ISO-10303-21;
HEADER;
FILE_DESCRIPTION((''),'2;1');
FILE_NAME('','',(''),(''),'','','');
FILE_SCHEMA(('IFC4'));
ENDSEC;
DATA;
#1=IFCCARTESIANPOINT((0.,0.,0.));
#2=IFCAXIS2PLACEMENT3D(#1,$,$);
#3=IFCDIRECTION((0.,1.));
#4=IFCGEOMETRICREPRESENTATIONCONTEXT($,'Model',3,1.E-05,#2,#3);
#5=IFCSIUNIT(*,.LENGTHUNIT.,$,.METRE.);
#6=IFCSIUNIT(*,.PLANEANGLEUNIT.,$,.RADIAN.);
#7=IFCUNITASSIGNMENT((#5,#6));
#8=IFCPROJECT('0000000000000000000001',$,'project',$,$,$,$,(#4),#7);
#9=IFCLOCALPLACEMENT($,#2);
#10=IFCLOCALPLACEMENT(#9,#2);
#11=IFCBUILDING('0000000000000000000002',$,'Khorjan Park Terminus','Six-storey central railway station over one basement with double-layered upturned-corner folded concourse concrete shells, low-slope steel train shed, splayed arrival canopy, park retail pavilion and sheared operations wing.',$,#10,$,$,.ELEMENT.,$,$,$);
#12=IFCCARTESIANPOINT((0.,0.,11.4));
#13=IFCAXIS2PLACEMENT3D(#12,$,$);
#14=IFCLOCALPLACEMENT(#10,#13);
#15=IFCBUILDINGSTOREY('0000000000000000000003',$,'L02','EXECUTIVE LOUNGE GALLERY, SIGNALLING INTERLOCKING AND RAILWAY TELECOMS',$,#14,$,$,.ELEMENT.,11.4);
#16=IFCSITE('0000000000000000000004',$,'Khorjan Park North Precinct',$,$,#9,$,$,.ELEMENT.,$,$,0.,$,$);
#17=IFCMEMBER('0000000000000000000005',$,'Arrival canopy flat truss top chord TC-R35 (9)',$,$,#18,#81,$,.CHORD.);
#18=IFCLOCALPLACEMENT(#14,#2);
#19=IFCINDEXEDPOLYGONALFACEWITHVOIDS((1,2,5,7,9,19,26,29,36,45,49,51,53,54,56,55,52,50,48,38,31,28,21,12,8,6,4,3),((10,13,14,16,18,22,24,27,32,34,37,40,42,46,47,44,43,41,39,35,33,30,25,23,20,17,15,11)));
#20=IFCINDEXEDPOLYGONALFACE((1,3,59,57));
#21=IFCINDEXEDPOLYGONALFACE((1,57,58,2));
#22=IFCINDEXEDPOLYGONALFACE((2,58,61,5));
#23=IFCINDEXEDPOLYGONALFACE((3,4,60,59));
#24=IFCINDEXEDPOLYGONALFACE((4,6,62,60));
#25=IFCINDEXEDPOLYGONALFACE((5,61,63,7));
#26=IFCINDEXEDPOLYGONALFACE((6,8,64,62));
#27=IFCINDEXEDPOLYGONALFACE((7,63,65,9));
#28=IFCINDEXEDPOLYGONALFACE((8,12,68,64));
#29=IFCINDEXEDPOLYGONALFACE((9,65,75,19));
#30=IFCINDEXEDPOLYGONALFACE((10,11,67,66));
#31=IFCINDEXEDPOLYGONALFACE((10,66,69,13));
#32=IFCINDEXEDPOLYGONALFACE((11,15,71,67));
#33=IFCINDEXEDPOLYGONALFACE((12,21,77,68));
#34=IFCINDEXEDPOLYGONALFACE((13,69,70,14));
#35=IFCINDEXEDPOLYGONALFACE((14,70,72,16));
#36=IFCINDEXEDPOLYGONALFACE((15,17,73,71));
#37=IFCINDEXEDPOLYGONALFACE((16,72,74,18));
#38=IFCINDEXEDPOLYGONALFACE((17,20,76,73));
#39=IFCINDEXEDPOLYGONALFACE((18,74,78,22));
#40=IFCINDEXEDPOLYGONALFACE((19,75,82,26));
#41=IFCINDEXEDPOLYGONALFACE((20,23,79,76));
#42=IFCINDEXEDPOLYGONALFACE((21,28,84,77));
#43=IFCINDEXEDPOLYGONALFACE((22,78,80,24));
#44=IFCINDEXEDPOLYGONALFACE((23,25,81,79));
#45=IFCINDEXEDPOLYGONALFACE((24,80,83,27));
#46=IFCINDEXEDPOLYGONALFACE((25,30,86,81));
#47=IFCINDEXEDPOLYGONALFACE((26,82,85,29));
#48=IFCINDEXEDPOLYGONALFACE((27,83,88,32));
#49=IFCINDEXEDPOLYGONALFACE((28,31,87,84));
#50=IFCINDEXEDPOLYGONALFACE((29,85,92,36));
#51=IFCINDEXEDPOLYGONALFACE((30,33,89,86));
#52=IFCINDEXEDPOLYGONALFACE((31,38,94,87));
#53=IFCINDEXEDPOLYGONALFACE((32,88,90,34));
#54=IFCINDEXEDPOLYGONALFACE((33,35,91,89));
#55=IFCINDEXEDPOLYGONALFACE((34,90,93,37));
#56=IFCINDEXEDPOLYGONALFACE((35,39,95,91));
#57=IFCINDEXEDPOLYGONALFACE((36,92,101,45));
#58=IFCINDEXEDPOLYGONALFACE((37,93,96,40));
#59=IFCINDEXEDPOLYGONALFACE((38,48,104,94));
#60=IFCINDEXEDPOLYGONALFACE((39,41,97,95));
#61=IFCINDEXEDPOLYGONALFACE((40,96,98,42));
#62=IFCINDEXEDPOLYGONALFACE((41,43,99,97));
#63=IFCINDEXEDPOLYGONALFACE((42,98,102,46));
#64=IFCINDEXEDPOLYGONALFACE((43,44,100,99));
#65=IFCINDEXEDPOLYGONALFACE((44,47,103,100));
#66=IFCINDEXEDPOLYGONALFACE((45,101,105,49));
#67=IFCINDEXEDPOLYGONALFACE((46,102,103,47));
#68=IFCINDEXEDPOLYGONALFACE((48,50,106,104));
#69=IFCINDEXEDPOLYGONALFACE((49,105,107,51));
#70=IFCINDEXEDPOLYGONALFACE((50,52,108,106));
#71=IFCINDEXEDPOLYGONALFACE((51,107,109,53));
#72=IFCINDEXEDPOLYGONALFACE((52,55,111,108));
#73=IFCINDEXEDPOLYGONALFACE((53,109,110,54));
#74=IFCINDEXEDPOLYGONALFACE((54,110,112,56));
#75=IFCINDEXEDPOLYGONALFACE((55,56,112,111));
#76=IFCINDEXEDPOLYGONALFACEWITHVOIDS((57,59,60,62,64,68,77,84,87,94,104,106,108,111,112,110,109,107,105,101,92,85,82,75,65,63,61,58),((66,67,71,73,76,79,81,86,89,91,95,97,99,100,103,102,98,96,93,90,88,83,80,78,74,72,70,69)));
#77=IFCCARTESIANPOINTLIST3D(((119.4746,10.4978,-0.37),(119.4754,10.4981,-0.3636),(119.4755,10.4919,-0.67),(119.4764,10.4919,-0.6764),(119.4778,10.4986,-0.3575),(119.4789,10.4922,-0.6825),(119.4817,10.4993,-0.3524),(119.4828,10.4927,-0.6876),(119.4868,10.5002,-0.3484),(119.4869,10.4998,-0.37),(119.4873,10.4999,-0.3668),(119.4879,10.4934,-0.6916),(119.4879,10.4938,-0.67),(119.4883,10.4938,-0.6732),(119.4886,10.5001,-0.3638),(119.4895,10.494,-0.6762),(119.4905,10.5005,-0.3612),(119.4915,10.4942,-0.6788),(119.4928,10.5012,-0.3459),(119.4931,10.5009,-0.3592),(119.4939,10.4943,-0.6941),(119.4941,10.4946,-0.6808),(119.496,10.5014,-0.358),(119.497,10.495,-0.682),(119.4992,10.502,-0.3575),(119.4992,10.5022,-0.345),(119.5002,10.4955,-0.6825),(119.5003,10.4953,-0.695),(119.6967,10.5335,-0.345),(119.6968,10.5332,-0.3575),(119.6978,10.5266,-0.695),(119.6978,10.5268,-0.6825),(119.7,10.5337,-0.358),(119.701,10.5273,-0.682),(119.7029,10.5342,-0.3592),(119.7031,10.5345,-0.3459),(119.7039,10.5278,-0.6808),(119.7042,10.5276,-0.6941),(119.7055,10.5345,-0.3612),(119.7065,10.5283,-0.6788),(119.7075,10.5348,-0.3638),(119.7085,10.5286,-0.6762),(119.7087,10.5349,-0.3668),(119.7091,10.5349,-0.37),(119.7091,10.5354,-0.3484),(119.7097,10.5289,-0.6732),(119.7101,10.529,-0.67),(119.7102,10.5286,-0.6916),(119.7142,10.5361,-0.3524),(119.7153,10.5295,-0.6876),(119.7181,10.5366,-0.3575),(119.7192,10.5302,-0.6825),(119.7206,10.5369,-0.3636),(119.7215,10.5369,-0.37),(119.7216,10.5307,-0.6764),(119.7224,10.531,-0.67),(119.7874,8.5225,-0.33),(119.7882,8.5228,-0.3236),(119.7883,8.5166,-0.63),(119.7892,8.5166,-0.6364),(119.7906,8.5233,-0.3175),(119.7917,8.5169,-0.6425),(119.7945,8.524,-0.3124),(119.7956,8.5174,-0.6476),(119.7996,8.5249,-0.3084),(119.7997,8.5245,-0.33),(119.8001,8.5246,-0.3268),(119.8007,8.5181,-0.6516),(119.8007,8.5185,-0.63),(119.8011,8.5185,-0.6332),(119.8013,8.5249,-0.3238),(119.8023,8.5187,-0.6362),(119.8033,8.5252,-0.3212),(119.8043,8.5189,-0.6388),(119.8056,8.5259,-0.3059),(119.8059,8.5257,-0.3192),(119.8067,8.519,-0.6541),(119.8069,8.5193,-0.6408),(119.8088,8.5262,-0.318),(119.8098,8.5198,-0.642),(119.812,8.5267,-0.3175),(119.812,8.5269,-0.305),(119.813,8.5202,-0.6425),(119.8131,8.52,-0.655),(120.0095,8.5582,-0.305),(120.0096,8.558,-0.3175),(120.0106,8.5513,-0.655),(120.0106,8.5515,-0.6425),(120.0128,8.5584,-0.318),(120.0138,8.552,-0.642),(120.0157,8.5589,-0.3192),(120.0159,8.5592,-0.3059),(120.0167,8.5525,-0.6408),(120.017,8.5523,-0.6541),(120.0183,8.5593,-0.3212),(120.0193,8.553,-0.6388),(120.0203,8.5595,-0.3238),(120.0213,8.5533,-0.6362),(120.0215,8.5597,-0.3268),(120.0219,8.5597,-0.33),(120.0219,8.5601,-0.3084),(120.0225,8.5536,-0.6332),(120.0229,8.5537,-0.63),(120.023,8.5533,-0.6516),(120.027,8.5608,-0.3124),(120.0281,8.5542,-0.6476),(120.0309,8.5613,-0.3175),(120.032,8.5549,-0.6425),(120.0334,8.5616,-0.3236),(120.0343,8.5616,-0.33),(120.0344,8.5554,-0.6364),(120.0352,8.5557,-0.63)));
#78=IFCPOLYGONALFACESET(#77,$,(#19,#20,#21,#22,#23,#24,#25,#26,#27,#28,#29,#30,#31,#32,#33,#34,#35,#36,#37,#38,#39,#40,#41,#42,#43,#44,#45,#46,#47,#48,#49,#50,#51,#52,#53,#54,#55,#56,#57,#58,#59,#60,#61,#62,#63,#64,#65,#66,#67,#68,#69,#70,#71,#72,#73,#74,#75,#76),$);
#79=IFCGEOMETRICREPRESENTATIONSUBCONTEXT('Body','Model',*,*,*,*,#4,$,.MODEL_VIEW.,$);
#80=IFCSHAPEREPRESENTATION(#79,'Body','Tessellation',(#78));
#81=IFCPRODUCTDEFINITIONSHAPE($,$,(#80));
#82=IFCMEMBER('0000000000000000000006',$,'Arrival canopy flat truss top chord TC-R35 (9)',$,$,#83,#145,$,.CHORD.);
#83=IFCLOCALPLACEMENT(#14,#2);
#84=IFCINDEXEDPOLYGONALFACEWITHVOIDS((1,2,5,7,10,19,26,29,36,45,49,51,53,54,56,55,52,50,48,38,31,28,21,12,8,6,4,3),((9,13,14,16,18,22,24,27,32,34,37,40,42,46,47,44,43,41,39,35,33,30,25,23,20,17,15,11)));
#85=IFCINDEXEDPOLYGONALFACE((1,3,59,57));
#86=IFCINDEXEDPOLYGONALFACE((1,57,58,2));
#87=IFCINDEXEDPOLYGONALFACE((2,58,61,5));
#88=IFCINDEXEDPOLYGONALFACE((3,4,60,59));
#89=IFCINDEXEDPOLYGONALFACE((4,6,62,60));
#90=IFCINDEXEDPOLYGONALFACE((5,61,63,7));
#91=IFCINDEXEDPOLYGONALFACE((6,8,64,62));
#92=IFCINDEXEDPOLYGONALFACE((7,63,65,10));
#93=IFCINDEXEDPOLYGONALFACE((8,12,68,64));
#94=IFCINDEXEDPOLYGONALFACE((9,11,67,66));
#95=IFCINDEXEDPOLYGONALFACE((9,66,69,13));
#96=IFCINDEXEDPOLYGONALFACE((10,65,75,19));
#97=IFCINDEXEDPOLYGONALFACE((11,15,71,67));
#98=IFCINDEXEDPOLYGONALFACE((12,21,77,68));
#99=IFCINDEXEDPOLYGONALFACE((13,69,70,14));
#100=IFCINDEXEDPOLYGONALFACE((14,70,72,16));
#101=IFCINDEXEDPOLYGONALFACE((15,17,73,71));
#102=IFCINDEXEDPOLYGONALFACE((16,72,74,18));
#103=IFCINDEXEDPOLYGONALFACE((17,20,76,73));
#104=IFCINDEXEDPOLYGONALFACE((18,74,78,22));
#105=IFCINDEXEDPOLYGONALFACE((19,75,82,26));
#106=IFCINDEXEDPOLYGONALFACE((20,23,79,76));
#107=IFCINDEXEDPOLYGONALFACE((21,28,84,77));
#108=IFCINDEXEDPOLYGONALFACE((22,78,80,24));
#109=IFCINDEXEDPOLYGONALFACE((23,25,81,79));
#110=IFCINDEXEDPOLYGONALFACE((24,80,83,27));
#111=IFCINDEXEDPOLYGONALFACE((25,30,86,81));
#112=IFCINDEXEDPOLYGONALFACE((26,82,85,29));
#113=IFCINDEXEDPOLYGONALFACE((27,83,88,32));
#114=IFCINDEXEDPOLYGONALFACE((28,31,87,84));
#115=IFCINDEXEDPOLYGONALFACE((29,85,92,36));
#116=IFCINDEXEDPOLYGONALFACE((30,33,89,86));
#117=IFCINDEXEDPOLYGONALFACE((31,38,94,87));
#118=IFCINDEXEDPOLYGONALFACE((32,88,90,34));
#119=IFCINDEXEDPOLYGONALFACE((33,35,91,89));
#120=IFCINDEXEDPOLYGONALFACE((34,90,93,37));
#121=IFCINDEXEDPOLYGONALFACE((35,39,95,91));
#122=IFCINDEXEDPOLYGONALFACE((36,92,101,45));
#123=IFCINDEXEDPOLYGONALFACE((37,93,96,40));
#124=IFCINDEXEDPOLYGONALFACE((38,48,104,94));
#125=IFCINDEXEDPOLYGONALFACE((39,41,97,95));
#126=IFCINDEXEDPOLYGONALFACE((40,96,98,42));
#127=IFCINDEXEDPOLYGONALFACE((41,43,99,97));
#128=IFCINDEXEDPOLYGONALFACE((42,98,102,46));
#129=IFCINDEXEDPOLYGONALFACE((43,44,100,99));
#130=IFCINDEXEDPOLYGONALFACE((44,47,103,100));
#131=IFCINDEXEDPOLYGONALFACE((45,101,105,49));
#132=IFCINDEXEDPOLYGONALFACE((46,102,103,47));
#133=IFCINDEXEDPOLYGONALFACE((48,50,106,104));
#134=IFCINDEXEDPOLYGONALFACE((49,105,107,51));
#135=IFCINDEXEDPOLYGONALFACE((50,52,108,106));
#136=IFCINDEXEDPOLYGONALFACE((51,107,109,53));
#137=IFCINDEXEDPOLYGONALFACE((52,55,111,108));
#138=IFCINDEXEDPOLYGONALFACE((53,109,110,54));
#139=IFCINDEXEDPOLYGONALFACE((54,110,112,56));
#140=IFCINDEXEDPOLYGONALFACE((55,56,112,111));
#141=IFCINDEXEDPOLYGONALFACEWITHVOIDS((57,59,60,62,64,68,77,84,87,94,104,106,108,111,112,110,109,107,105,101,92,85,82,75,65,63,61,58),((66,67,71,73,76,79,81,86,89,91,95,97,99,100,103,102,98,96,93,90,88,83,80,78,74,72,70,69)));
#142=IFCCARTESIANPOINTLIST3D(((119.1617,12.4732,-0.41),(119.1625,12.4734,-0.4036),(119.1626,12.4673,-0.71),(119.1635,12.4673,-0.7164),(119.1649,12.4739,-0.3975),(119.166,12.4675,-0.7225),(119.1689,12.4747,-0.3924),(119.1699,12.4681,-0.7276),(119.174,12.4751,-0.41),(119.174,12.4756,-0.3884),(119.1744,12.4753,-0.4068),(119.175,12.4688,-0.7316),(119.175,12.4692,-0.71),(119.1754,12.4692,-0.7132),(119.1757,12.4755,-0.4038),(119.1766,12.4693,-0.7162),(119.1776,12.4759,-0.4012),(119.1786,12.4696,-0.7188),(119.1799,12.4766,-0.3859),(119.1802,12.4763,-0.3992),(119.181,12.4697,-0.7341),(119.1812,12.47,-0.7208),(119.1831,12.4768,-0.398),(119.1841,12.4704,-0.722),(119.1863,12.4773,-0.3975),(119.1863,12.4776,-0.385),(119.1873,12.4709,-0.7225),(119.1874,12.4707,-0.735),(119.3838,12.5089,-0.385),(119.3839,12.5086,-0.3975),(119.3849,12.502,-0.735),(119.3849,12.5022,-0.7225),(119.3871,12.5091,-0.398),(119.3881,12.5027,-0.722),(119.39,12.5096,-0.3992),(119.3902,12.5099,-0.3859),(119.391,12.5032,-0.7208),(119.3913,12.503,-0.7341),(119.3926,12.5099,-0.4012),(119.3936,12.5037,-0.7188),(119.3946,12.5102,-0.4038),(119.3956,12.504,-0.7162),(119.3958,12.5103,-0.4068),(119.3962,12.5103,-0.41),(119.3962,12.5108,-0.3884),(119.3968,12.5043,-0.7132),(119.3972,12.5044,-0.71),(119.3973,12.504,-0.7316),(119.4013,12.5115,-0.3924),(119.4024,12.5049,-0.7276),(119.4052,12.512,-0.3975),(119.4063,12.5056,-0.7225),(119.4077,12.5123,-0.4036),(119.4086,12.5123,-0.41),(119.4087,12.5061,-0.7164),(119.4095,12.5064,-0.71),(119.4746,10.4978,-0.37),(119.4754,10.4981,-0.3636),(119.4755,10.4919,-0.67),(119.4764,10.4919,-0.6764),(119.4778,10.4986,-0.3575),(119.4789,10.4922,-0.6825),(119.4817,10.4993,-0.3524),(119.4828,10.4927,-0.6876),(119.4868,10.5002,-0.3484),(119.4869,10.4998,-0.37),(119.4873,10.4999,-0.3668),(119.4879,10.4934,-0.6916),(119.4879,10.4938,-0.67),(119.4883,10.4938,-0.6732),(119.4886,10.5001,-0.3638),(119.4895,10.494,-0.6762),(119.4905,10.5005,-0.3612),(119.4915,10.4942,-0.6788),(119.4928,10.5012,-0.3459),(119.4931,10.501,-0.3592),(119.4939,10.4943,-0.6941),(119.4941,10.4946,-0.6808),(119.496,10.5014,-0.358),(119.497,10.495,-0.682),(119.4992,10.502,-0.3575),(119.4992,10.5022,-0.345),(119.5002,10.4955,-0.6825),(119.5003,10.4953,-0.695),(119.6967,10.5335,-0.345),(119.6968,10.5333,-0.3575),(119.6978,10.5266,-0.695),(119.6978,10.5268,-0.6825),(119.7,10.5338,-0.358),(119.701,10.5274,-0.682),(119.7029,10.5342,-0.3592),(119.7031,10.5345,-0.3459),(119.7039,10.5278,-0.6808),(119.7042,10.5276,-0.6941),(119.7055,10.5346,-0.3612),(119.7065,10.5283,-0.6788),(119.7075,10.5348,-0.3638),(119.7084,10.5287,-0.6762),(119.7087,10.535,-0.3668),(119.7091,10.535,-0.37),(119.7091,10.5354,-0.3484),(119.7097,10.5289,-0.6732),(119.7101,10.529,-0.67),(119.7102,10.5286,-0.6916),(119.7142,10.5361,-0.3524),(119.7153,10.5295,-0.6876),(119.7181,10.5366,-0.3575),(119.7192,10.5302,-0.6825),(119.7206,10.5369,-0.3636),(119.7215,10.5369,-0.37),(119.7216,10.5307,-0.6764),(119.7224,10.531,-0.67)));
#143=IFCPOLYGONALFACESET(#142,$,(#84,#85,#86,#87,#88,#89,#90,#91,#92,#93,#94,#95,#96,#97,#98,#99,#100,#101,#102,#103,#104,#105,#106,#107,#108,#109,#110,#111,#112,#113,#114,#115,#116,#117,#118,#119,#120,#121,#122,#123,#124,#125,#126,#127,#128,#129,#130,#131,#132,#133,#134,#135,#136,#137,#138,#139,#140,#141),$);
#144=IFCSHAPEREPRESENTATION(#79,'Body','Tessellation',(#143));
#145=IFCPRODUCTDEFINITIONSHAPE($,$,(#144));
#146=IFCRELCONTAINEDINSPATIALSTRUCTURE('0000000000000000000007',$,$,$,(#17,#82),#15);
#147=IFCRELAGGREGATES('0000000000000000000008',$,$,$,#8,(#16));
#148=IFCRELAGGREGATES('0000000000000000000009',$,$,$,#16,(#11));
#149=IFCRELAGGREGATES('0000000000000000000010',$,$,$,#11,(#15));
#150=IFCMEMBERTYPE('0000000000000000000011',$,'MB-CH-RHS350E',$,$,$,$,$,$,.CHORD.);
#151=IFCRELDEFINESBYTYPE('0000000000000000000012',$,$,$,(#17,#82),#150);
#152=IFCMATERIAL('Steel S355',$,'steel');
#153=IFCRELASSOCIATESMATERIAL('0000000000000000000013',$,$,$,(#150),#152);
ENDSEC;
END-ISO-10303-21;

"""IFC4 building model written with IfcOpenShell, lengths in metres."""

from ifc_helpers import new_model, si_unit, direction, frame, origin, origin_2d, place, context, subcontext, project, spatial, hollow_rectangle, extrude, material, material_profile, profile_set, type_object, element, save


model = new_model("IFC4")

# Units and contexts
model_context = context("Model", 3, precision=1e-05, world=origin(), true_north=direction((0.0, 1.0)))
body_context = subcontext(model_context, "Body", "Model", "MODEL_VIEW")
ifc_project = project(units=[si_unit("LENGTHUNIT", "METRE"), si_unit("PLANEANGLEUNIT", "RADIAN")], contexts=[model_context])

# Site, building, storey
site_placement = place(None, origin())
site = spatial("IfcSite", under=ifc_project, at=site_placement, Name="Khorjan Park North Precinct", CompositionType="ELEMENT", RefElevation=0.0)
building_placement = place(site_placement, origin())
building = spatial("IfcBuilding", under=site, at=building_placement, Name="Khorjan Park Terminus", Description="Six-storey central railway station over one basement with double-layered upturned-corner folded concourse concrete shells, low-slope steel train shed, splayed arrival canopy, park retail pavilion and sheared operations wing.", CompositionType="ELEMENT")
storey_placement = place(building_placement, frame((0.0, 0.0, 11.4)))
storey = spatial("IfcBuildingStorey", under=building, at=storey_placement, Name="L02", Description="EXECUTIVE LOUNGE GALLERY, SIGNALLING INTERLOCKING AND RAILWAY TELECOMS", CompositionType="ELEMENT", Elevation=11.4)

# Members
ifc_material = material(Name="Steel S355", Category="steel")
ifc_material_profile_1 = material_profile(ifc_material, hollow_rectangle(XDim=0.25, YDim=0.35, WallThickness=0.0125, InnerFilletRadius=0.0125, OuterFilletRadius=0.025, at=origin_2d()), Name="RHS 350x250x12.5")
ifc_profile_set_1 = profile_set([ifc_material_profile_1], Name="Steel S355")
member_type_1 = type_object("IfcMemberType", Name="MB-CH-RHS350E", PredefinedType="CHORD", material=ifc_profile_set_1)
member_1_placement = place(storey_placement, frame((119.9113, 8.5391, -0.48), z_axis=(-0.156375, 0.987495, -0.019997), x_axis=(-0.987693, -0.156407, 0.0)))
element("IfcMember", 1, at=member_1_placement, inside=storey, type_object=member_type_1, Name="Arrival canopy flat truss top chord TC-R35 (9)", PredefinedType="CHORD", context=body_context, shape_type="SweptSolid", body=[
    extrude(hollow_rectangle(XDim=0.25, YDim=0.35, WallThickness=0.0125, InnerFilletRadius=0.0125, OuterFilletRadius=0.025, at=origin_2d()), origin(), (0.0, 0.0, 1.0), 2.0003),
])
for number, where, z_axis, x_axis, name in (
    (2, (119.5985, 10.5144, -0.52), (-0.156417, 0.987489, -0.019996), (-0.987686, -0.156448, 0.0), "Arrival canopy flat truss top chord TC-R35 (9)"),
):
    element("IfcMember", number, at=place(storey_placement, frame(where, z_axis=z_axis, x_axis=x_axis)), inside=storey, type_object=member_type_1, Name=name, PredefinedType="CHORD", context=body_context, shape_type="SweptSolid", body=[
        extrude(hollow_rectangle(XDim=0.25, YDim=0.35, WallThickness=0.0125, InnerFilletRadius=0.0125, OuterFilletRadius=0.025, at=origin_2d()), origin(), (0.0, 0.0, 1.0), 2.0004),
    ])

save(model, "model.ifc")
